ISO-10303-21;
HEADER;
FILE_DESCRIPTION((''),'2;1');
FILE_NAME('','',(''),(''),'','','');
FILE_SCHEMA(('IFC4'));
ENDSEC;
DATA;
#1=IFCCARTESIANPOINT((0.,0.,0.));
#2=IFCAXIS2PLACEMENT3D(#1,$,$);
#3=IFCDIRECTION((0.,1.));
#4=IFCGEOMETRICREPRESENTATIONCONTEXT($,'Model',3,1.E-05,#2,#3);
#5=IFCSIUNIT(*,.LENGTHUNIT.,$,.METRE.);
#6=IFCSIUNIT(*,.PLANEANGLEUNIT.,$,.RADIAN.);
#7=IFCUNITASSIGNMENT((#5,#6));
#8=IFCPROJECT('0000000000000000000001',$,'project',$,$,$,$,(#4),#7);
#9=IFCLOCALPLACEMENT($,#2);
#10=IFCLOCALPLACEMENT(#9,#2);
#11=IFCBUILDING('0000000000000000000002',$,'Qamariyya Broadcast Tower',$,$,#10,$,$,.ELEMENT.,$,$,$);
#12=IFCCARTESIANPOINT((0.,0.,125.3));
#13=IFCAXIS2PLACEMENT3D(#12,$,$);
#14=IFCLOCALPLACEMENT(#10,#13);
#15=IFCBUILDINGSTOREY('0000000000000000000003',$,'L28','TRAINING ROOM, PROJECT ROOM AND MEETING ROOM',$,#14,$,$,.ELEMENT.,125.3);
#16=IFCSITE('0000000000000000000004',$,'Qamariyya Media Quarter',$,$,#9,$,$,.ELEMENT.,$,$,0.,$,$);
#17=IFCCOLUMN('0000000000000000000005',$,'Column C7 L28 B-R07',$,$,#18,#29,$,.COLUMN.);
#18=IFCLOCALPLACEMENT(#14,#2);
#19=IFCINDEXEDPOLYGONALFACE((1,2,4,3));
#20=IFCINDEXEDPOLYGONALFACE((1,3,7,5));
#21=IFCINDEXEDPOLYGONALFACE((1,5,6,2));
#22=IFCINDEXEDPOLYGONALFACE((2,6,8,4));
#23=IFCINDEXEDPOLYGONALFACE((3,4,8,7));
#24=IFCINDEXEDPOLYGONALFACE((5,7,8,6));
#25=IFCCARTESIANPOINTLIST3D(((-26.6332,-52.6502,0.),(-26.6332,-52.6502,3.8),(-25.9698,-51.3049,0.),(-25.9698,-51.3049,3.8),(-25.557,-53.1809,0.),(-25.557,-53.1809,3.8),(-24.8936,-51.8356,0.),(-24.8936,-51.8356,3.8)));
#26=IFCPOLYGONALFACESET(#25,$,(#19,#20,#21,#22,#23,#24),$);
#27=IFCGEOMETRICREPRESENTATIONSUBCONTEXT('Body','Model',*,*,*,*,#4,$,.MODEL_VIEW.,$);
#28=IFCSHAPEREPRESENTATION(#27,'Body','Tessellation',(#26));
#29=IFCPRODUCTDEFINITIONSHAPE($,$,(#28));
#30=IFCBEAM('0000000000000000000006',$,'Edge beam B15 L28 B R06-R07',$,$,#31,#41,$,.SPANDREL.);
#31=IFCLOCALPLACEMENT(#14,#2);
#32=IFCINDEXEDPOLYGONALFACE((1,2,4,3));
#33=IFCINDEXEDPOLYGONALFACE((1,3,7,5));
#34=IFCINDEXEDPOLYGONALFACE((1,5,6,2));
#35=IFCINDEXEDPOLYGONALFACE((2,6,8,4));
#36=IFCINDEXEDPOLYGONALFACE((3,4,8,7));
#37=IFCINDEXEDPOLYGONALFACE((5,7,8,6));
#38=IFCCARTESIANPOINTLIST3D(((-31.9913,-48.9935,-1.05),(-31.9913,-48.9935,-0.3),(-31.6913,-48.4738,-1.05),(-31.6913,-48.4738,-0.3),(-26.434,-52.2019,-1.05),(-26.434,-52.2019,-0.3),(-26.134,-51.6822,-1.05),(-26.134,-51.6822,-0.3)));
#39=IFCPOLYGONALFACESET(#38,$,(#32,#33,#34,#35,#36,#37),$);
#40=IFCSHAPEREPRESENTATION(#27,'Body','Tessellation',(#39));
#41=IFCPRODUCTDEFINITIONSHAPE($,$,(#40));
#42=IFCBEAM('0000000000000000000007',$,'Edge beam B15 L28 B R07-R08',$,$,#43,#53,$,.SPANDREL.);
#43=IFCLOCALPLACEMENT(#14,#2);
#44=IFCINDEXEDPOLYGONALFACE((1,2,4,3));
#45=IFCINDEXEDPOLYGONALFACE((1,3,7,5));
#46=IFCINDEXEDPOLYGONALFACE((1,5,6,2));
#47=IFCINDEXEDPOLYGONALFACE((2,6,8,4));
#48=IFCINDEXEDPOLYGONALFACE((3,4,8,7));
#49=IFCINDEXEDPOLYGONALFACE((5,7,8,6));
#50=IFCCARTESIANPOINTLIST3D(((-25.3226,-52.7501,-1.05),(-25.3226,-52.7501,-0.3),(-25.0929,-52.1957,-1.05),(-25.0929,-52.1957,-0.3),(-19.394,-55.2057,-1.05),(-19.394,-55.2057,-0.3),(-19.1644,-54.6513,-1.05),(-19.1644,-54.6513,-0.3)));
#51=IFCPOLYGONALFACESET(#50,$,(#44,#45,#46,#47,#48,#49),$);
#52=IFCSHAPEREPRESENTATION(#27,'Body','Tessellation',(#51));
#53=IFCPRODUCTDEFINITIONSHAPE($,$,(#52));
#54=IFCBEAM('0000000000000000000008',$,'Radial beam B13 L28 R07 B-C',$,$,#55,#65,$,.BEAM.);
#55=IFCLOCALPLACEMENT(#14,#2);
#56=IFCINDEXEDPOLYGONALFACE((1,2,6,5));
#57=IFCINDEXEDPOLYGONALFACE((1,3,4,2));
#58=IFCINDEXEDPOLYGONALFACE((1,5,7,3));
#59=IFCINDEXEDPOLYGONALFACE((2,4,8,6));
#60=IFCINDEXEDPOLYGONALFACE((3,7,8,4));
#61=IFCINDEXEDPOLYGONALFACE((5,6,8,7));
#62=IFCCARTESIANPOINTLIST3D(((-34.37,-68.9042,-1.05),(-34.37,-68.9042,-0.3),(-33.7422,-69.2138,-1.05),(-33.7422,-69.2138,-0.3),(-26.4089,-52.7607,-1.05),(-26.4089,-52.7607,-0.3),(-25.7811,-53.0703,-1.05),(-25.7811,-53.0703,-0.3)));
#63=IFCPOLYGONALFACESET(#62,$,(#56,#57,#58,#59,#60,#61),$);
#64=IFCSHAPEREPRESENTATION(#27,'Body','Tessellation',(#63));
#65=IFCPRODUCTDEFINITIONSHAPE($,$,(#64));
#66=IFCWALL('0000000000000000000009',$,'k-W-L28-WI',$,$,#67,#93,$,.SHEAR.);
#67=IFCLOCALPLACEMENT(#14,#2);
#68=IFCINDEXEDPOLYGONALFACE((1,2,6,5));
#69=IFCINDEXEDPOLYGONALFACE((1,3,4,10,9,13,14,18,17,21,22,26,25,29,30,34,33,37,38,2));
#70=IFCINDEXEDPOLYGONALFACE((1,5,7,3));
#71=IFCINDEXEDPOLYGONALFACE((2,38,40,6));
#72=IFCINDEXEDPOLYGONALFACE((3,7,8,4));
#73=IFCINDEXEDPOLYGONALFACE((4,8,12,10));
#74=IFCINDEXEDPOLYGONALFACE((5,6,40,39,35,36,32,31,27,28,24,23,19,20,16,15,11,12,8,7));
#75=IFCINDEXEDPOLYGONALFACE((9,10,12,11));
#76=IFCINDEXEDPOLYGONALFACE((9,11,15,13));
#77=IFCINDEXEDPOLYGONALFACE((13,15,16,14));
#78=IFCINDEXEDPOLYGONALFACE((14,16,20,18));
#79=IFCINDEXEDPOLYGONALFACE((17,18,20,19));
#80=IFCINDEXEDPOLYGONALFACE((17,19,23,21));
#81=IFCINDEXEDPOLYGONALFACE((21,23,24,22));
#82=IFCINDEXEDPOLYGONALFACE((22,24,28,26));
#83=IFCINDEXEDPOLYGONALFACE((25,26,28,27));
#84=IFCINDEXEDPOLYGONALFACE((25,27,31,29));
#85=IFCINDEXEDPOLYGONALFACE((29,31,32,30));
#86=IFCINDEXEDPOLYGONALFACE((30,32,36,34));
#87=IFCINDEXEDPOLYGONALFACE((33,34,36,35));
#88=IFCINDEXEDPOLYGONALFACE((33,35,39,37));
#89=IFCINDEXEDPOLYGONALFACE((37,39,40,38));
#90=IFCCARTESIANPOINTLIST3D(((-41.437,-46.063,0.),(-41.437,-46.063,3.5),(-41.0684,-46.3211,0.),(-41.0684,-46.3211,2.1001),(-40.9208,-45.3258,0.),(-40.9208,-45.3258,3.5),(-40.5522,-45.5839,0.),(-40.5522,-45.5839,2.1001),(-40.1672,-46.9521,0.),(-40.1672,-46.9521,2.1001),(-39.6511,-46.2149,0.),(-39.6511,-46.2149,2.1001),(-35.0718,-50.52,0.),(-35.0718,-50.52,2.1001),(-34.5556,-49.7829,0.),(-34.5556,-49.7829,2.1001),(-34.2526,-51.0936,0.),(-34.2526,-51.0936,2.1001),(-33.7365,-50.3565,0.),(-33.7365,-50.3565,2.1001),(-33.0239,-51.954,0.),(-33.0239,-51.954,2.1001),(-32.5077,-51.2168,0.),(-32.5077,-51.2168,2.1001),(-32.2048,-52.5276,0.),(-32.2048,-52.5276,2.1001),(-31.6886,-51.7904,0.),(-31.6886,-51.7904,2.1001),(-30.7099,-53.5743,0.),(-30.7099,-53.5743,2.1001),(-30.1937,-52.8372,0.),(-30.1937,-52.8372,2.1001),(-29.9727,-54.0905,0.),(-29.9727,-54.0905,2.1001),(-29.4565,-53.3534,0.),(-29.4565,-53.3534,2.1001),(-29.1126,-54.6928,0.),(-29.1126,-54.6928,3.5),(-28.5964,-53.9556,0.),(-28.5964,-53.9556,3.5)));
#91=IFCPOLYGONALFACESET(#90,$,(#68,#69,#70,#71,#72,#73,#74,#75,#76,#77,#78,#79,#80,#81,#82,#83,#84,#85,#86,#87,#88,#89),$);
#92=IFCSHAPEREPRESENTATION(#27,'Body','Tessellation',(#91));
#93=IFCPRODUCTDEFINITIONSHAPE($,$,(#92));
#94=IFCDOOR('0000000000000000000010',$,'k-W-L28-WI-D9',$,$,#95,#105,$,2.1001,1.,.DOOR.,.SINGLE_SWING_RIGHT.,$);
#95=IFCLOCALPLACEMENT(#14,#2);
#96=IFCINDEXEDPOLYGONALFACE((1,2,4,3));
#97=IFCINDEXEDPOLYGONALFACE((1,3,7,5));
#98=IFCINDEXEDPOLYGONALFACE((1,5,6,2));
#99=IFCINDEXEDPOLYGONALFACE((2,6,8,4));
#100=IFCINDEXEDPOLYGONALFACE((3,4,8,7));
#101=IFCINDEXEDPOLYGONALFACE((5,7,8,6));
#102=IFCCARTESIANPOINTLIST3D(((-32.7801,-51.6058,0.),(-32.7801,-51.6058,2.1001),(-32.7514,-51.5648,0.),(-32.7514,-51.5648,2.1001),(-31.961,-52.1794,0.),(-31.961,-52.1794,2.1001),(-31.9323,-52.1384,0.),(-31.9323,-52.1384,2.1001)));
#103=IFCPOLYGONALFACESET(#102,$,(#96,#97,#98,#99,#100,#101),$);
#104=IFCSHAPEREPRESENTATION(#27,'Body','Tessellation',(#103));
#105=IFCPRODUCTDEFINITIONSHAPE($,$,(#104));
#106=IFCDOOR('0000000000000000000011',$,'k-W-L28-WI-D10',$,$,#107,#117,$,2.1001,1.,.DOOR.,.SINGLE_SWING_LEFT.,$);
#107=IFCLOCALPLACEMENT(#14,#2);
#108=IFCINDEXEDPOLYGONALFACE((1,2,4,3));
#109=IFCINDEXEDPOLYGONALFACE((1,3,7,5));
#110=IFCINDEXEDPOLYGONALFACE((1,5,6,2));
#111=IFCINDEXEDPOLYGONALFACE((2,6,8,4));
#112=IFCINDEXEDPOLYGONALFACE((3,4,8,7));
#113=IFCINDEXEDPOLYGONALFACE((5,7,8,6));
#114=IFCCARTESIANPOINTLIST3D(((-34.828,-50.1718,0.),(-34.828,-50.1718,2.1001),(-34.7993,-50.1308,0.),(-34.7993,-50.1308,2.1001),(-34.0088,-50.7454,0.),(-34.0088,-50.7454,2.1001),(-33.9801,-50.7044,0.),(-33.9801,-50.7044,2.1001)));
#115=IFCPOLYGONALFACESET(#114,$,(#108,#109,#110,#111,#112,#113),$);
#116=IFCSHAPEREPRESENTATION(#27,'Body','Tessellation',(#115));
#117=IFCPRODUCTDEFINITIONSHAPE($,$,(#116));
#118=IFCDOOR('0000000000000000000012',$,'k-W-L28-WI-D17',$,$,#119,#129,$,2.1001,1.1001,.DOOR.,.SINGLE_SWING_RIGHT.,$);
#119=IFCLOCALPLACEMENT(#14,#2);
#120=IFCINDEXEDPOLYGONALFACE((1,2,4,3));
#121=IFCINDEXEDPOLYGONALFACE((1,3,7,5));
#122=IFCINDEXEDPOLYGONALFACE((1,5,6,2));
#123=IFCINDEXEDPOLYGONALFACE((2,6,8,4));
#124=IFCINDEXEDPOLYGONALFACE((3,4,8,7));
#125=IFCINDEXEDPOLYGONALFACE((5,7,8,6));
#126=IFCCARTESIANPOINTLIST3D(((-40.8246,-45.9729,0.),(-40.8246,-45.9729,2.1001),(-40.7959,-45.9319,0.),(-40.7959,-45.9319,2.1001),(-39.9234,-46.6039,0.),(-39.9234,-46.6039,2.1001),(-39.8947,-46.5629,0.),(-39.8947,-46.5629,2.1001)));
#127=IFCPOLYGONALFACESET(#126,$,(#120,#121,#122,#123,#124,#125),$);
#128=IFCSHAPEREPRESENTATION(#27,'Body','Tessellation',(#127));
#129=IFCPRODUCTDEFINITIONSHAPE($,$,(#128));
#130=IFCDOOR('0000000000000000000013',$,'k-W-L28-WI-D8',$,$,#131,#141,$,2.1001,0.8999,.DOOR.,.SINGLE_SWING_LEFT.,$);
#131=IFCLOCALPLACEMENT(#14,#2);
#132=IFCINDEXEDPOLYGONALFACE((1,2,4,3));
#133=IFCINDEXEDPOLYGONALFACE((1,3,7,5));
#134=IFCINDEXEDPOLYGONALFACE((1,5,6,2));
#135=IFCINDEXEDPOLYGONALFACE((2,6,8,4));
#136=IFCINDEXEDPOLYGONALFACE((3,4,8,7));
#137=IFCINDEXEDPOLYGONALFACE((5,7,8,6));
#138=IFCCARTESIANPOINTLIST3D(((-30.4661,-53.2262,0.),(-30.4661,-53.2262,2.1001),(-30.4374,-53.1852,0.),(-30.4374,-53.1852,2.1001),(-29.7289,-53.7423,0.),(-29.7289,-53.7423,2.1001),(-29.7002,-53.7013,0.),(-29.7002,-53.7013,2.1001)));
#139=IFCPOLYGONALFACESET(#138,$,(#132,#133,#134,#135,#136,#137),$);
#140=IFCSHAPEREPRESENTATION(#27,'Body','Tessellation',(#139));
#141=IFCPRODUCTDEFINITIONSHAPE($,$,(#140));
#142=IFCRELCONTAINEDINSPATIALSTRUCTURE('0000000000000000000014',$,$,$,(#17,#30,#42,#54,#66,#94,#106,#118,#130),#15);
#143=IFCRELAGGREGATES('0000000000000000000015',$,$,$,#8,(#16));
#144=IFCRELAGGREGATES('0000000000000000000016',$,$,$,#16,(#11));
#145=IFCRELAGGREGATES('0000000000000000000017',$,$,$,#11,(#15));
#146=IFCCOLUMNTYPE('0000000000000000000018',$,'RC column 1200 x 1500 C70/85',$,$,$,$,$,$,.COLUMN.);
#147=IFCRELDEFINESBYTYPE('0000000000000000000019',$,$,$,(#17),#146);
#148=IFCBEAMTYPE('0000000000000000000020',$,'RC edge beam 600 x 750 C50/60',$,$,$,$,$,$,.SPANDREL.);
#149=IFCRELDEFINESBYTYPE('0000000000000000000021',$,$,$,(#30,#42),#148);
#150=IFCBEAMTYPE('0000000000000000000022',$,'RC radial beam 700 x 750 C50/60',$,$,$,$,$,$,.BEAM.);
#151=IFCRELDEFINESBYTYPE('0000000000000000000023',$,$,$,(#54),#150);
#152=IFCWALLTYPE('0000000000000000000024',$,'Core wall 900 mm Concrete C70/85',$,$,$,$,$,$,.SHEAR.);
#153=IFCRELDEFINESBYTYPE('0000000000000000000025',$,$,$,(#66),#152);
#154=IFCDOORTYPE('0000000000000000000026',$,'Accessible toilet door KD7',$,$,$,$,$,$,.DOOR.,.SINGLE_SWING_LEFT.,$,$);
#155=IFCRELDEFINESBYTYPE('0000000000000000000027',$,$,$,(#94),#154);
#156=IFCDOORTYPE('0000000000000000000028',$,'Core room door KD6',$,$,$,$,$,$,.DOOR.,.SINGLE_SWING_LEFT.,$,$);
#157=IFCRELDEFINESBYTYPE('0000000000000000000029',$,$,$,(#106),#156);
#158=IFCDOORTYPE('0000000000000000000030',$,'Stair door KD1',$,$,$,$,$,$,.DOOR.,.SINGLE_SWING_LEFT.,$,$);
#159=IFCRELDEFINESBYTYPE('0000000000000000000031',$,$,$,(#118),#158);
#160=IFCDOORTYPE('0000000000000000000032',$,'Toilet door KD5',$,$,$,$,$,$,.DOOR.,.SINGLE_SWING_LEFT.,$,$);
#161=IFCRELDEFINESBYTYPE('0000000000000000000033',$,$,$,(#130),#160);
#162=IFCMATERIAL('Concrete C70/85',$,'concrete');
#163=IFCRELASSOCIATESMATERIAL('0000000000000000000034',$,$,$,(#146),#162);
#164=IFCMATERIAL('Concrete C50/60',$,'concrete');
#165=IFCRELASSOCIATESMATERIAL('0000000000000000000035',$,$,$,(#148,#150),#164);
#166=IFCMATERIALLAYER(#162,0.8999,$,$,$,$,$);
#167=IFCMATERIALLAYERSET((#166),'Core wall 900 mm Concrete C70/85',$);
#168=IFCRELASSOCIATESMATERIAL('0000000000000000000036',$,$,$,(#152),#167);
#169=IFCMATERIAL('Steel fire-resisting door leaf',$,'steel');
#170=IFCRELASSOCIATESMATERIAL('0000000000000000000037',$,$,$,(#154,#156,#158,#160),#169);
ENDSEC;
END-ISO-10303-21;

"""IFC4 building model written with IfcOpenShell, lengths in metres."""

from ifc_helpers import new_model, si_unit, direction, frame, frame_2d, origin, origin_2d, place, context, subcontext, project, spatial, rectangle, extrude, material, layer, layer_set, material_profile, profile_set, type_object, element, fill, save


model = new_model("IFC4")

# Units and contexts
model_context = context("Model", 3, precision=1e-05, world=origin(), true_north=direction((0.0, 1.0)))
body_context = subcontext(model_context, "Body", "Model", "MODEL_VIEW")
ifc_project = project(units=[si_unit("LENGTHUNIT", "METRE"), si_unit("PLANEANGLEUNIT", "RADIAN")], contexts=[model_context])

# Site, building, storey
site_placement = place(None, origin())
site = spatial("IfcSite", under=ifc_project, at=site_placement, Name="Qamariyya Media Quarter", CompositionType="ELEMENT", RefElevation=0.0)
building_placement = place(site_placement, origin())
building = spatial("IfcBuilding", under=site, at=building_placement, Name="Qamariyya Broadcast Tower", CompositionType="ELEMENT")
storey_placement = place(building_placement, frame((0.0, 0.0, 125.3)))
storey = spatial("IfcBuildingStorey", under=building, at=storey_placement, Name="L28", Description="TRAINING ROOM, PROJECT ROOM AND MEETING ROOM", CompositionType="ELEMENT", Elevation=125.3)

# Column
ifc_material_1 = material(Name="Concrete C70/85", Category="concrete")
ifc_material_profile_1 = material_profile(ifc_material_1, rectangle(XDim=1.2, YDim=1.5, at=origin_2d()))
ifc_profile_set_1 = profile_set([ifc_material_profile_1], Name="Concrete C70/85")
column_type = type_object("IfcColumnType", Name="RC column 1200 x 1500 C70/85", PredefinedType="COLUMN", material=ifc_profile_set_1)
column_placement = place(storey_placement, frame((-25.7634, -52.2429, 0.0), z_axis=(0.0, 0.0, 1.0), x_axis=(0.896873, -0.442289, 0.0)))
element("IfcColumn", 1, at=column_placement, inside=storey, type_object=column_type, Name="Column C7 L28 B-R07", PredefinedType="COLUMN", context=body_context, shape_type="SweptSolid", body=[
    extrude(rectangle(XDim=1.2, YDim=1.5, at=origin_2d()), origin(), (0.0, 0.0, 1.0), 3.8),
])

# Beams
ifc_material_2 = material(Name="Concrete C50/60", Category="concrete")
ifc_material_profile_2 = material_profile(ifc_material_2, rectangle(XDim=0.6001, YDim=0.75, at=origin_2d()))
ifc_profile_set_2 = profile_set([ifc_material_profile_2], Name="Concrete C50/60")
beam_type_1 = type_object("IfcBeamType", Name="RC edge beam 600 x 750 C50/60", PredefinedType="SPANDREL", material=ifc_profile_set_2)
for number, where, z_axis, x_axis, name in (
    (2, (-31.8413, -48.7336, -0.675), (0.866029, -0.499994, 0.0), (0.499994, 0.866029, 0.0), "Edge beam B15 L28 B R06-R07"),
    (3, (-25.2078, -52.4729, -0.675), (0.923884, -0.382672, 0.0), (0.382672, 0.923884, 0.0), "Edge beam B15 L28 B R07-R08"),
):
    element("IfcBeam", number, at=place(storey_placement, frame(where, z_axis=z_axis, x_axis=x_axis)), inside=storey, type_object=beam_type_1, Name=name, PredefinedType="SPANDREL", context=body_context, shape_type="SweptSolid", body=[
        extrude(rectangle(XDim=0.6001, YDim=0.75, at=origin_2d()), origin(), (0.0, 0.0, 1.0), 6.417),
    ])
ifc_material_profile_3 = material_profile(ifc_material_2, rectangle(XDim=0.7, YDim=0.75, at=origin_2d()))
ifc_profile_set_3 = profile_set([ifc_material_profile_3], Name="Concrete C50/60")
beam_type_2 = type_object("IfcBeamType", Name="RC radial beam 700 x 750 C50/60", PredefinedType="BEAM", material=ifc_profile_set_3)
beam_placement = place(storey_placement, frame((-26.095, -52.9155, -0.675), z_axis=(-0.442291, -0.896871, 0.0), x_axis=(0.896871, -0.442291, 0.0)))
element("IfcBeam", 4, at=beam_placement, inside=storey, type_object=beam_type_2, Name="Radial beam B13 L28 R07 B-C", PredefinedType="BEAM", context=body_context, shape_type="SweptSolid", body=[
    extrude(rectangle(XDim=0.7, YDim=0.75, at=origin_2d()), origin(), (0.0, 0.0, 1.0), 17.9998),
])

# Wall, openings, doors
ifc_layer_1 = layer(ifc_material_1, 0.8999)
ifc_layer_set_1 = layer_set([ifc_layer_1], Name="Core wall 900 mm Concrete C70/85")
wall_type_1 = type_object("IfcWallType", Name="Core wall 900 mm Concrete C70/85", PredefinedType="SHEAR", material=ifc_layer_set_1)
wall_1_placement = place(storey_placement, frame((-28.8545, -54.3242, 0.0), z_axis=(0.0, 0.0, 1.0), x_axis=(-0.819146, 0.573585, 0.0)))
wall_1 = element("IfcWall", 5, at=wall_1_placement, inside=storey, type_object=wall_type_1, Name="k-W-L28-WI", PredefinedType="SHEAR", context=body_context, shape_type="SweptSolid", body=[
    extrude(rectangle(XDim=15.0454, YDim=0.8999, at=frame_2d((7.5227, 0.0))), origin(), (0.0, 0.0, 1.0), 3.5),
])
opening_1_placement = place(wall_1_placement, frame((1.05, 0.0, 0.0)))
opening_1 = element("IfcOpeningElement", 6, at=opening_1_placement, cuts=wall_1, PredefinedType="OPENING", context=body_context, shape_type="SweptSolid", body=[
    extrude(rectangle(XDim=0.8999, YDim=2.1001, at=frame_2d((0.45, 1.05))), frame((0.0, 0.46, 0.0), z_axis=(0.0, -1.0, 0.0), x_axis=(1.0, 0.0, 0.0)), (0.0, 0.0, 1.0), 0.9199),
])
opening_2_placement = place(wall_1_placement, frame((3.7749, 0.0, 0.0)))
opening_2 = element("IfcOpeningElement", 7, at=opening_2_placement, cuts=wall_1, PredefinedType="OPENING", context=body_context, shape_type="SweptSolid", body=[
    extrude(rectangle(XDim=1.0, YDim=2.1001, at=frame_2d((0.5, 1.05))), frame((0.0, 0.46, 0.0), z_axis=(0.0, -1.0, 0.0), x_axis=(1.0, 0.0, 0.0)), (0.0, 0.0, 1.0), 0.9199),
])
opening_3_placement = place(wall_1_placement, frame((6.2749, 0.0, 0.0)))
opening_3 = element("IfcOpeningElement", 8, at=opening_3_placement, cuts=wall_1, PredefinedType="OPENING", context=body_context, shape_type="SweptSolid", body=[
    extrude(rectangle(XDim=1.0, YDim=2.1001, at=frame_2d((0.5, 1.05))), frame((0.0, 0.46, 0.0), z_axis=(0.0, -1.0, 0.0), x_axis=(1.0, 0.0, 0.0)), (0.0, 0.0, 1.0), 0.9199),
])
opening_4_placement = place(wall_1_placement, frame((13.4954, 0.0, 0.0)))
opening_4 = element("IfcOpeningElement", 9, at=opening_4_placement, cuts=wall_1, PredefinedType="OPENING", context=body_context, shape_type="SweptSolid", body=[
    extrude(rectangle(XDim=1.1001, YDim=2.1001, at=frame_2d((0.55, 1.05))), frame((0.0, 0.46, 0.0), z_axis=(0.0, -1.0, 0.0), x_axis=(1.0, 0.0, 0.0)), (0.0, 0.0, 1.0), 0.9199),
])
ifc_material_3 = material(Name="Steel fire-resisting door leaf", Category="steel")
door_type_1 = type_object("IfcDoorType", Name="Accessible toilet door KD7", OperationType="SINGLE_SWING_LEFT", PredefinedType="DOOR", material=ifc_material_3)
door_1_placement = place(opening_2_placement, origin())
door_1 = element("IfcDoor", 10, at=door_1_placement, inside=storey, type_object=door_type_1, Name="k-W-L28-WI-D9", OperationType="SINGLE_SWING_RIGHT", OverallHeight=2.1001, OverallWidth=1.0, PredefinedType="DOOR", context=body_context, shape_type="SweptSolid", body=[
    extrude(rectangle(XDim=1.0, YDim=2.1001, at=frame_2d((0.5, 1.05))), frame((0.0, 0.0249, 0.0), z_axis=(0.0, -1.0, 0.0), x_axis=(1.0, 0.0, 0.0)), (0.0, 0.0, 1.0), 0.05),
])
fill(opening_2, door_1)
door_type_2 = type_object("IfcDoorType", Name="Core room door KD6", OperationType="SINGLE_SWING_LEFT", PredefinedType="DOOR", material=ifc_material_3)
door_2_placement = place(opening_3_placement, origin())
door_2 = element("IfcDoor", 11, at=door_2_placement, inside=storey, type_object=door_type_2, Name="k-W-L28-WI-D10", OperationType="SINGLE_SWING_LEFT", OverallHeight=2.1001, OverallWidth=1.0, PredefinedType="DOOR", context=body_context, shape_type="SweptSolid", body=[
    extrude(rectangle(XDim=1.0, YDim=2.1001, at=frame_2d((0.5, 1.05))), frame((0.0, 0.0249, 0.0), z_axis=(0.0, -1.0, 0.0), x_axis=(1.0, 0.0, 0.0)), (0.0, 0.0, 1.0), 0.05),
])
fill(opening_3, door_2)
door_type_3 = type_object("IfcDoorType", Name="Stair door KD1", OperationType="SINGLE_SWING_LEFT", PredefinedType="DOOR", material=ifc_material_3)
door_3_placement = place(opening_4_placement, origin())
door_3 = element("IfcDoor", 12, at=door_3_placement, inside=storey, type_object=door_type_3, Name="k-W-L28-WI-D17", OperationType="SINGLE_SWING_RIGHT", OverallHeight=2.1001, OverallWidth=1.1001, PredefinedType="DOOR", context=body_context, shape_type="SweptSolid", body=[
    extrude(rectangle(XDim=1.1001, YDim=2.1001, at=frame_2d((0.55, 1.05))), frame((0.0, 0.0249, 0.0), z_axis=(0.0, -1.0, 0.0), x_axis=(1.0, 0.0, 0.0)), (0.0, 0.0, 1.0), 0.05),
])
fill(opening_4, door_3)
door_type_4 = type_object("IfcDoorType", Name="Toilet door KD5", OperationType="SINGLE_SWING_LEFT", PredefinedType="DOOR", material=ifc_material_3)
door_4_placement = place(opening_1_placement, origin())
door_4 = element("IfcDoor", 13, at=door_4_placement, inside=storey, type_object=door_type_4, Name="k-W-L28-WI-D8", OperationType="SINGLE_SWING_LEFT", OverallHeight=2.1001, OverallWidth=0.8999, PredefinedType="DOOR", context=body_context, shape_type="SweptSolid", body=[
    extrude(rectangle(XDim=0.8999, YDim=2.1001, at=frame_2d((0.45, 1.05))), frame((0.0, 0.0249, 0.0), z_axis=(0.0, -1.0, 0.0), x_axis=(1.0, 0.0, 0.0)), (0.0, 0.0, 1.0), 0.05),
])
fill(opening_1, door_4)

save(model, "model.ifc")
